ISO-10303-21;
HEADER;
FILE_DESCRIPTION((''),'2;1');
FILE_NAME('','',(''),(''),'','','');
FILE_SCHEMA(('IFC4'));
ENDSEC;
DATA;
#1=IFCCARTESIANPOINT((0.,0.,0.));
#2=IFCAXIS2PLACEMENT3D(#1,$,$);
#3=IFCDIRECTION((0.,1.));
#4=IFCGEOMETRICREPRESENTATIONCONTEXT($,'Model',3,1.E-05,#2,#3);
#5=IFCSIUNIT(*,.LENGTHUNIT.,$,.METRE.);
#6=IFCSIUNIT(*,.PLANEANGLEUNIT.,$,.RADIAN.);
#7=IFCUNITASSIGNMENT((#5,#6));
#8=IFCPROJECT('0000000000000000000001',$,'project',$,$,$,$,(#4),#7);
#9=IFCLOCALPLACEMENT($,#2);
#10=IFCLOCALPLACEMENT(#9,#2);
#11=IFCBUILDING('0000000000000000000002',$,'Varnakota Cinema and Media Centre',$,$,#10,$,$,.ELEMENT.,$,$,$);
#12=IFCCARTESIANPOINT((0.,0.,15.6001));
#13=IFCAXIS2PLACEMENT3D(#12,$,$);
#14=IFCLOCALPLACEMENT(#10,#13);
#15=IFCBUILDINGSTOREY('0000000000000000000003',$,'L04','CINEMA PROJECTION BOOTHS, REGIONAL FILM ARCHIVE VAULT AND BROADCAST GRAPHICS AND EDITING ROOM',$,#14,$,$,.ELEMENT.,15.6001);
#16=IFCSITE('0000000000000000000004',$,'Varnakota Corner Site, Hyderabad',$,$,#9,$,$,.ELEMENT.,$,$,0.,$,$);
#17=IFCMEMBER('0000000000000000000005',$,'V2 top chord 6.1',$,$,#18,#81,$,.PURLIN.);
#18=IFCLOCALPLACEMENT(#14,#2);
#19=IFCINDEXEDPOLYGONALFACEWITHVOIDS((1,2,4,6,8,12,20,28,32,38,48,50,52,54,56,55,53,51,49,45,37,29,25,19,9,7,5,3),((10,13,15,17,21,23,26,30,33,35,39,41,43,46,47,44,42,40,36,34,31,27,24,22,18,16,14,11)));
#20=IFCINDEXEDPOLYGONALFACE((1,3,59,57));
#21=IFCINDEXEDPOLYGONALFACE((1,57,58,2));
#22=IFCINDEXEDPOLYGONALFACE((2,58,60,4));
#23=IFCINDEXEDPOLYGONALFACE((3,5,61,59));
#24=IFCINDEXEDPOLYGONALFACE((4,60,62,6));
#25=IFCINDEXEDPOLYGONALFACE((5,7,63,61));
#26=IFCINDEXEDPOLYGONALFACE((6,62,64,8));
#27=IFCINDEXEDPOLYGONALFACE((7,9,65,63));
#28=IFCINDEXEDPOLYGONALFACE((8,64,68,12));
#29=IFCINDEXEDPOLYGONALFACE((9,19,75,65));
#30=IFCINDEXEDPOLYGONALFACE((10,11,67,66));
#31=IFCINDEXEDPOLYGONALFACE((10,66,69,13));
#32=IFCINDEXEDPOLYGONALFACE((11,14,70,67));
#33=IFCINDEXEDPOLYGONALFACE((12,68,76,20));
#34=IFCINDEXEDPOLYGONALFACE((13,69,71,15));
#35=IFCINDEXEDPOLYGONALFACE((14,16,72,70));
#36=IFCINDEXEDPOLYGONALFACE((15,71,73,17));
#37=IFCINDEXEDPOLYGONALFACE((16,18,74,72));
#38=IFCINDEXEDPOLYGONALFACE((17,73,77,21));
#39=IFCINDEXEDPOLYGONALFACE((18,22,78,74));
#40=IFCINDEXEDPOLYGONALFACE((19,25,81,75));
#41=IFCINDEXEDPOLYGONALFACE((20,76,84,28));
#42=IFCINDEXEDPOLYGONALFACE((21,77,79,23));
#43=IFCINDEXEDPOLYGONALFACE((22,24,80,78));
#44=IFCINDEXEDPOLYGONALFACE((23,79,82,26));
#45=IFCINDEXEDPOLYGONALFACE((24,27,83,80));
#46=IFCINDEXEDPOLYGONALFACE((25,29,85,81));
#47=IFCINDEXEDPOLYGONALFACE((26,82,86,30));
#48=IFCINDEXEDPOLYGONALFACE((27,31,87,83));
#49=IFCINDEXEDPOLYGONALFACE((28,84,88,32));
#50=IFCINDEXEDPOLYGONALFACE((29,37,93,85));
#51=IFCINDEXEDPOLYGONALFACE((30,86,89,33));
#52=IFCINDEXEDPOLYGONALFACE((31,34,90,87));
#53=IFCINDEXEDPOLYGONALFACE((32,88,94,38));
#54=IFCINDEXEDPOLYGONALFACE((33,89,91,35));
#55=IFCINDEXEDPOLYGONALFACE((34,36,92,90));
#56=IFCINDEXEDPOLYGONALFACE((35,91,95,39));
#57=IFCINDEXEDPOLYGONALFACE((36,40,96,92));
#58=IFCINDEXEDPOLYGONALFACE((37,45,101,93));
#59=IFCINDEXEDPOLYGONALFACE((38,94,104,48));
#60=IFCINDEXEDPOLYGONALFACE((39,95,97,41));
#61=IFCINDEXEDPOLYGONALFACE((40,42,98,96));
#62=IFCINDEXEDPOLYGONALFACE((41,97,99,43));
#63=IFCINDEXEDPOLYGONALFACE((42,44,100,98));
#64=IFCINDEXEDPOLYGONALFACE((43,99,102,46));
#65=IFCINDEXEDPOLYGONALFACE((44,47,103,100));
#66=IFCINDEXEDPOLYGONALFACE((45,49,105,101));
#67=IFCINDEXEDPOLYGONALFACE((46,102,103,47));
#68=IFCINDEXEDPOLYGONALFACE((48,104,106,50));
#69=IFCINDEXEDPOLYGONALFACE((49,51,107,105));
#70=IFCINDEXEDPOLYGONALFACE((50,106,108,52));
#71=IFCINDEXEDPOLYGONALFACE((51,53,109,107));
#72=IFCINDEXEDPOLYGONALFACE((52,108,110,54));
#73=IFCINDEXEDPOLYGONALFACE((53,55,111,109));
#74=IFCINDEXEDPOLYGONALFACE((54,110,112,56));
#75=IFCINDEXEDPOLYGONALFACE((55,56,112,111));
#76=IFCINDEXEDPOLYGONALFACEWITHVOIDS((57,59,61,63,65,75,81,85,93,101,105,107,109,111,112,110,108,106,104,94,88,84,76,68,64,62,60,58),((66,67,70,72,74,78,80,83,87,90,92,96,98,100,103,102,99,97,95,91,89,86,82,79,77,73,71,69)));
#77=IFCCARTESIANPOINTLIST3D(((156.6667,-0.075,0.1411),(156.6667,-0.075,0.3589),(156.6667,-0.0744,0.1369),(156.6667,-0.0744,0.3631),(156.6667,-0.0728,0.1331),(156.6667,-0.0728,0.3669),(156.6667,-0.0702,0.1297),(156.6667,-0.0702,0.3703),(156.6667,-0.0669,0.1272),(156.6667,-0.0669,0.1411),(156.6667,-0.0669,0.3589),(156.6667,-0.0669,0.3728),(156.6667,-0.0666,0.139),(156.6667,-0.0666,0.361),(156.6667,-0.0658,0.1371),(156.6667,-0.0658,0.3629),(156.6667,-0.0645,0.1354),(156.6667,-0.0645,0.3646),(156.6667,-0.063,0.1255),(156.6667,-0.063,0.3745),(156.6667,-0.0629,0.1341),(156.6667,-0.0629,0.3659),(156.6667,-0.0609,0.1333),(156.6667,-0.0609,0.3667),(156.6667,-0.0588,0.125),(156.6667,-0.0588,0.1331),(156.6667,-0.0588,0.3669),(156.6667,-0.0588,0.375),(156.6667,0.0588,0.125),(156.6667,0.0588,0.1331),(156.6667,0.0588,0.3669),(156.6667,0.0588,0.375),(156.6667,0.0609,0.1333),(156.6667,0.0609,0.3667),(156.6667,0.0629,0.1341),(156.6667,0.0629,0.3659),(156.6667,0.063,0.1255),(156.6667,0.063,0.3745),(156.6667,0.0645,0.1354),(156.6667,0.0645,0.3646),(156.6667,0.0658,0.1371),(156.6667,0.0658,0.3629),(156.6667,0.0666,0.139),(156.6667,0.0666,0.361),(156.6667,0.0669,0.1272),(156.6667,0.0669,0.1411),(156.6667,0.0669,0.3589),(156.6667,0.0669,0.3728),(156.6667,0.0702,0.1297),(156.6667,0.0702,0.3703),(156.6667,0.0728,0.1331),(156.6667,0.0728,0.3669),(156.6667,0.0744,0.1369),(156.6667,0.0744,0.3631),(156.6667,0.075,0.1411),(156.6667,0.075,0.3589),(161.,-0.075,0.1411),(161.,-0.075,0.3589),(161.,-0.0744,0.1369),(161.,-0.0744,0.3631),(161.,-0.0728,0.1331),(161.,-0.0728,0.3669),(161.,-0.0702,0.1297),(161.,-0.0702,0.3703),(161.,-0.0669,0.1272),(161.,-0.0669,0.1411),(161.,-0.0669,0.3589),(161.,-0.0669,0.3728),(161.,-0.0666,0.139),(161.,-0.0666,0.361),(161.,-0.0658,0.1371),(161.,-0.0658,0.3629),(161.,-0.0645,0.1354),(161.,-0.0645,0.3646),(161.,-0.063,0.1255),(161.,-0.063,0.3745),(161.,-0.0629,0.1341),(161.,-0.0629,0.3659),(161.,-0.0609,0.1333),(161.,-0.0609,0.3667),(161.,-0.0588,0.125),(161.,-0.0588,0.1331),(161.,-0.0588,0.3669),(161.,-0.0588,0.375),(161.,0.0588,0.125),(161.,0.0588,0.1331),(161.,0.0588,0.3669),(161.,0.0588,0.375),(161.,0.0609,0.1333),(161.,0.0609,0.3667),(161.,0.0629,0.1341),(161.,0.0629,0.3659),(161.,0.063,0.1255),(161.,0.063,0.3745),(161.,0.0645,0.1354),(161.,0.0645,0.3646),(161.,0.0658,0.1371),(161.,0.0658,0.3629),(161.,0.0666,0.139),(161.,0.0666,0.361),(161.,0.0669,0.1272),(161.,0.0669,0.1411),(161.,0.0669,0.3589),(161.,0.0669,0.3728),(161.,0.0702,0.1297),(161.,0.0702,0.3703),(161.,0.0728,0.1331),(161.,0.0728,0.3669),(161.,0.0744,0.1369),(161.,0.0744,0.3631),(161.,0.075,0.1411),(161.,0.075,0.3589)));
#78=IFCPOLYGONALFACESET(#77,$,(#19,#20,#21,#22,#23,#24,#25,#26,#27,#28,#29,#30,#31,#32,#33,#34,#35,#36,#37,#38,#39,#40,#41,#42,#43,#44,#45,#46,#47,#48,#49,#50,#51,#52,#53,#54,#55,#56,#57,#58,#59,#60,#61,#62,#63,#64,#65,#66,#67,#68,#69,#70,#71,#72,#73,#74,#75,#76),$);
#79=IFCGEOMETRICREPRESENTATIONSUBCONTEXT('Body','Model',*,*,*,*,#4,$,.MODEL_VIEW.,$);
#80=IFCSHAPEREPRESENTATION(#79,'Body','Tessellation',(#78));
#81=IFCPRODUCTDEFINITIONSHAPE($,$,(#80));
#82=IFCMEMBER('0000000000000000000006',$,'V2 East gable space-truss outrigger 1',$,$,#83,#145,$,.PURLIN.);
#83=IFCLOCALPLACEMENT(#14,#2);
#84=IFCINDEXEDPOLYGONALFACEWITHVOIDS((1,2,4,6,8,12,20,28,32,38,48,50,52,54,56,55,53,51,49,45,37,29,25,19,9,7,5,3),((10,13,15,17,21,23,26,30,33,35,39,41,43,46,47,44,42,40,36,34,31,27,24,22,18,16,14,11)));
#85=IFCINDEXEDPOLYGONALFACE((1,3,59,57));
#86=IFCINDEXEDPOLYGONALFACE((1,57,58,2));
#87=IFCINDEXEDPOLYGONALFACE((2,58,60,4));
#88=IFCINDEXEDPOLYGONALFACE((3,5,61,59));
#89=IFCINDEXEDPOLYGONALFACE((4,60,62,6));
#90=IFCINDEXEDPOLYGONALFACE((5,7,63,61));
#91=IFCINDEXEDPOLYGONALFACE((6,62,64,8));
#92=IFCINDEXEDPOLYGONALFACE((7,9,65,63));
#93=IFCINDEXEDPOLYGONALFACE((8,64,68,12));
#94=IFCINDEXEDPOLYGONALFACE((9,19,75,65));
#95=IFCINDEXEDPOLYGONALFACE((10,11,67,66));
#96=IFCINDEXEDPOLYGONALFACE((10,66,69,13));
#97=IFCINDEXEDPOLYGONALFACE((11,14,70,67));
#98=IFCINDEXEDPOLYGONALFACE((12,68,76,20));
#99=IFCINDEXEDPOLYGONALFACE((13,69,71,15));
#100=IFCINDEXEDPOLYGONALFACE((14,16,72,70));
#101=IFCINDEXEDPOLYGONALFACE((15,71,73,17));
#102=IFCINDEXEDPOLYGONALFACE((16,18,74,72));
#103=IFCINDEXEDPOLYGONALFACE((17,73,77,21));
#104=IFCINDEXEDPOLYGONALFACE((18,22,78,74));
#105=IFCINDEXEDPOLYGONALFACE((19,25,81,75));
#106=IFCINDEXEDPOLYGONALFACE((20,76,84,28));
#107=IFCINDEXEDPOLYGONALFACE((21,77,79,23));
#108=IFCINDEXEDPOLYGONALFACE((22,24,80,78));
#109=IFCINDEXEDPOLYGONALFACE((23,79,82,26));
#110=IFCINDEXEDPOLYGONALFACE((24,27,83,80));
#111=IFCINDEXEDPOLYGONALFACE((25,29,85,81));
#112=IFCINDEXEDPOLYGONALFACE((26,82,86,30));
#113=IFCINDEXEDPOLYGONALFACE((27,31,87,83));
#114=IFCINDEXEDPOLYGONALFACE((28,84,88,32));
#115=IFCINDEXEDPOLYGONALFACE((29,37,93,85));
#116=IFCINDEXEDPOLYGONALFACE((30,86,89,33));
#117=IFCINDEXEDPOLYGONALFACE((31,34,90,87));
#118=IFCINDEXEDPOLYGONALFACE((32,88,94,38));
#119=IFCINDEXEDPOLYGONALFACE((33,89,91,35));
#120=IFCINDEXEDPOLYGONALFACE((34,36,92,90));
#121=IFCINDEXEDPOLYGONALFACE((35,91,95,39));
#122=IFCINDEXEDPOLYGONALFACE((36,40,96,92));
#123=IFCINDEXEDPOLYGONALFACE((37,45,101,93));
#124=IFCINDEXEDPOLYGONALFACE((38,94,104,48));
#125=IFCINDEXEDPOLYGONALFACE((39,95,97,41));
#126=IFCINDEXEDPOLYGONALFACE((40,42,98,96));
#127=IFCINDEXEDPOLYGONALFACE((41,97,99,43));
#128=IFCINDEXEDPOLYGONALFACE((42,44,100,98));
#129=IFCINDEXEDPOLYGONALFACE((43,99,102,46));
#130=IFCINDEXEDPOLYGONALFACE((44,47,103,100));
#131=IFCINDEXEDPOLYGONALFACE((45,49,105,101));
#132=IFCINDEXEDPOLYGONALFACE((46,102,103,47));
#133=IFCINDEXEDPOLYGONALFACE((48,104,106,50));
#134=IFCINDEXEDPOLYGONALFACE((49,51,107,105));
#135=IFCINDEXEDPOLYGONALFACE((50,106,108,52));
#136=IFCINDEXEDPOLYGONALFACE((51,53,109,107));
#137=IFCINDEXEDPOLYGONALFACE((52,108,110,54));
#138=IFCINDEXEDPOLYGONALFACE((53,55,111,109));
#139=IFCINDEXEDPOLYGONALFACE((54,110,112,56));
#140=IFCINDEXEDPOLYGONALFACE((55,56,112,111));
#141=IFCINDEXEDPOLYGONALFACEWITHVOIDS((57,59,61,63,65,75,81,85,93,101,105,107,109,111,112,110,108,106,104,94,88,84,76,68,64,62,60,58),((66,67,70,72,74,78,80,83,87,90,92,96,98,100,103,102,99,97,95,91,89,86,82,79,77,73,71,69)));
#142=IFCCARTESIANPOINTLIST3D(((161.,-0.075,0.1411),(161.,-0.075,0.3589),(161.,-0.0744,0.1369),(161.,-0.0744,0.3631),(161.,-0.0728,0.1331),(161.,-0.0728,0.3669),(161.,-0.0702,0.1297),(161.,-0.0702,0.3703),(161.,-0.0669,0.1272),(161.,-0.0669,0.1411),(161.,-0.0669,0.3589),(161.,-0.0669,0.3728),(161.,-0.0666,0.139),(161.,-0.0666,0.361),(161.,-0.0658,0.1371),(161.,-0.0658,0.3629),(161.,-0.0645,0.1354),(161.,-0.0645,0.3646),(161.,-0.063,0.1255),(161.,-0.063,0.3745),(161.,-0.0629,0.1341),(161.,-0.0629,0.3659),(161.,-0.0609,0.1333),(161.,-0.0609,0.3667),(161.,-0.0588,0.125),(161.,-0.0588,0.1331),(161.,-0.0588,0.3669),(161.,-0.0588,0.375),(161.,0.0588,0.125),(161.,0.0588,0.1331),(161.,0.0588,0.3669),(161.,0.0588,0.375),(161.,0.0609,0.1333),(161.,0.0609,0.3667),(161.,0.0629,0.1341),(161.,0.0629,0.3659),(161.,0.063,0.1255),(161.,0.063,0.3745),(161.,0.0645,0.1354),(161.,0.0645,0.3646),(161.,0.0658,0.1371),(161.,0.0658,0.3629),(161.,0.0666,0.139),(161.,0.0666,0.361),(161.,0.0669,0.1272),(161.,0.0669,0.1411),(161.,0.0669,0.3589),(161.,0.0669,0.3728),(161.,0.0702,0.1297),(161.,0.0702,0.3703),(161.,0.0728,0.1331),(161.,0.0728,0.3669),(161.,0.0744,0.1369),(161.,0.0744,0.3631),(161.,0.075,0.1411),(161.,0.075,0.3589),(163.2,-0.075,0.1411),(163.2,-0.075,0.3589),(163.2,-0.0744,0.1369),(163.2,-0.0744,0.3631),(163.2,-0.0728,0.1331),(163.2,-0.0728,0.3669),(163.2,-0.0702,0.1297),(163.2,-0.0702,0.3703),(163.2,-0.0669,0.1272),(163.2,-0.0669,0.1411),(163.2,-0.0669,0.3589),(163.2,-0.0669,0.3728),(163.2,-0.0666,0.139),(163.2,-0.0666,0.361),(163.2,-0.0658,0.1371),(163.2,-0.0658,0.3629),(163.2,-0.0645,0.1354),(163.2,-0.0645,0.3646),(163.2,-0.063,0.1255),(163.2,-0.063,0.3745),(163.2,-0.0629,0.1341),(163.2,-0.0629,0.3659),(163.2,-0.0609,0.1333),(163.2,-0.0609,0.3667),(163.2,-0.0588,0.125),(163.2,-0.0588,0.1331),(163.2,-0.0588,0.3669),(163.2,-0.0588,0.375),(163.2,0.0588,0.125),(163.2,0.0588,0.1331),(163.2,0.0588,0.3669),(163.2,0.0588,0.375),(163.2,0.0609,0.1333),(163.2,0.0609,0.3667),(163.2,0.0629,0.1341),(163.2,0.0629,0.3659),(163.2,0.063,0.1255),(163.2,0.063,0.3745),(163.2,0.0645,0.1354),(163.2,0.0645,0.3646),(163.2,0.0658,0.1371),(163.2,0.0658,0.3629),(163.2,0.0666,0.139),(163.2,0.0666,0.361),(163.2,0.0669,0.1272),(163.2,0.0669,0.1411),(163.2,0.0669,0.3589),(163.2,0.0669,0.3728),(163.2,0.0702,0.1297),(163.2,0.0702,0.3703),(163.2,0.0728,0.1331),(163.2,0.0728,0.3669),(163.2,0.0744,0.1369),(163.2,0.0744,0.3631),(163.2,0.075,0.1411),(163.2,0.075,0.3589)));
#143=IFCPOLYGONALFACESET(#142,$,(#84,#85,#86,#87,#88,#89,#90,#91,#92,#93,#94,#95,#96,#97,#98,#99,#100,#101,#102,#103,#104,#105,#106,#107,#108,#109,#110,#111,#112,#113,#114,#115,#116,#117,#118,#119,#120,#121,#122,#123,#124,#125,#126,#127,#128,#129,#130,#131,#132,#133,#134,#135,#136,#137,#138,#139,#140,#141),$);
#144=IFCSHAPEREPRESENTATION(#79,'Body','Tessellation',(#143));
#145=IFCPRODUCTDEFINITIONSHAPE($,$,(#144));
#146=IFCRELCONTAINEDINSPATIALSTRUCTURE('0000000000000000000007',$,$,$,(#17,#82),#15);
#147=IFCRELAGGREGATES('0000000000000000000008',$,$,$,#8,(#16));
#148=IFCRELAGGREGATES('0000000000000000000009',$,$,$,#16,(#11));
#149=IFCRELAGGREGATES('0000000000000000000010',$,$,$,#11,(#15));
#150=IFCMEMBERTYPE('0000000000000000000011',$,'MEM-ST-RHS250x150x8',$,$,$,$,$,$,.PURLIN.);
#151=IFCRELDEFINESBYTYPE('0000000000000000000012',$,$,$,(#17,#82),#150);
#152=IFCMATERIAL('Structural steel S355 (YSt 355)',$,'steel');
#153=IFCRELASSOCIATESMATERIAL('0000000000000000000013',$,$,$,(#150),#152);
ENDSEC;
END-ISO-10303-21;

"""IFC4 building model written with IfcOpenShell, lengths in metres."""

from ifc_helpers import new_model, si_unit, direction, frame, origin, origin_2d, place, context, subcontext, project, spatial, hollow_rectangle, extrude, material, material_profile, profile_set, type_object, element, save


model = new_model("IFC4")

# Units and contexts
model_context = context("Model", 3, precision=1e-05, world=origin(), true_north=direction((0.0, 1.0)))
body_context = subcontext(model_context, "Body", "Model", "MODEL_VIEW")
ifc_project = project(units=[si_unit("LENGTHUNIT", "METRE"), si_unit("PLANEANGLEUNIT", "RADIAN")], contexts=[model_context])

# Site, building, storey
site_placement = place(None, origin())
site = spatial("IfcSite", under=ifc_project, at=site_placement, Name="Varnakota Corner Site, Hyderabad", CompositionType="ELEMENT", RefElevation=0.0)
building_placement = place(site_placement, origin())
building = spatial("IfcBuilding", under=site, at=building_placement, Name="Varnakota Cinema and Media Centre", CompositionType="ELEMENT")
storey_placement = place(building_placement, frame((0.0, 0.0, 15.6001)))
storey = spatial("IfcBuildingStorey", under=building, at=storey_placement, Name="L04", Description="CINEMA PROJECTION BOOTHS, REGIONAL FILM ARCHIVE VAULT AND BROADCAST GRAPHICS AND EDITING ROOM", CompositionType="ELEMENT", Elevation=15.6001)

# Members
ifc_material_1 = material(Name="Structural steel S355 (YSt 355)", Category="steel")
ifc_material_profile_1 = material_profile(ifc_material_1, hollow_rectangle(XDim=0.1499, YDim=0.25, WallThickness=0.0081, InnerFilletRadius=0.0081, OuterFilletRadius=0.0161, at=origin_2d()), Name="RHS 250x150x8")
ifc_profile_set_1 = profile_set([ifc_material_profile_1], Name="Structural steel S355 (YSt 355)")
member_type_1 = type_object("IfcMemberType", Name="MEM-ST-RHS250x150x8", PredefinedType="PURLIN", material=ifc_profile_set_1)
member_1_placement = place(storey_placement, frame((156.6667, 0.0, 0.25), z_axis=(1.0, 0.0, 0.0), x_axis=(0.0, 1.0, 0.0)))
element("IfcMember", 1, at=member_1_placement, inside=storey, type_object=member_type_1, Name="V2 top chord 6.1", PredefinedType="PURLIN", context=body_context, shape_type="SweptSolid", body=[
    extrude(hollow_rectangle(XDim=0.1499, YDim=0.25, WallThickness=0.0081, InnerFilletRadius=0.0081, OuterFilletRadius=0.0161, at=origin_2d()), origin(), (0.0, 0.0, 1.0), 4.3333),
])
member_2_placement = place(storey_placement, frame((161.0, 0.0, 0.25), z_axis=(1.0, 0.0, 0.0), x_axis=(0.0, 1.0, 0.0)))
element("IfcMember", 2, at=member_2_placement, inside=storey, type_object=member_type_1, Name="V2 East gable space-truss outrigger 1", PredefinedType="PURLIN", context=body_context, shape_type="SweptSolid", body=[
    extrude(hollow_rectangle(XDim=0.1499, YDim=0.25, WallThickness=0.0081, InnerFilletRadius=0.0081, OuterFilletRadius=0.0161, at=origin_2d()), origin(), (0.0, 0.0, 1.0), 2.2),
])

save(model, "model.ifc")
